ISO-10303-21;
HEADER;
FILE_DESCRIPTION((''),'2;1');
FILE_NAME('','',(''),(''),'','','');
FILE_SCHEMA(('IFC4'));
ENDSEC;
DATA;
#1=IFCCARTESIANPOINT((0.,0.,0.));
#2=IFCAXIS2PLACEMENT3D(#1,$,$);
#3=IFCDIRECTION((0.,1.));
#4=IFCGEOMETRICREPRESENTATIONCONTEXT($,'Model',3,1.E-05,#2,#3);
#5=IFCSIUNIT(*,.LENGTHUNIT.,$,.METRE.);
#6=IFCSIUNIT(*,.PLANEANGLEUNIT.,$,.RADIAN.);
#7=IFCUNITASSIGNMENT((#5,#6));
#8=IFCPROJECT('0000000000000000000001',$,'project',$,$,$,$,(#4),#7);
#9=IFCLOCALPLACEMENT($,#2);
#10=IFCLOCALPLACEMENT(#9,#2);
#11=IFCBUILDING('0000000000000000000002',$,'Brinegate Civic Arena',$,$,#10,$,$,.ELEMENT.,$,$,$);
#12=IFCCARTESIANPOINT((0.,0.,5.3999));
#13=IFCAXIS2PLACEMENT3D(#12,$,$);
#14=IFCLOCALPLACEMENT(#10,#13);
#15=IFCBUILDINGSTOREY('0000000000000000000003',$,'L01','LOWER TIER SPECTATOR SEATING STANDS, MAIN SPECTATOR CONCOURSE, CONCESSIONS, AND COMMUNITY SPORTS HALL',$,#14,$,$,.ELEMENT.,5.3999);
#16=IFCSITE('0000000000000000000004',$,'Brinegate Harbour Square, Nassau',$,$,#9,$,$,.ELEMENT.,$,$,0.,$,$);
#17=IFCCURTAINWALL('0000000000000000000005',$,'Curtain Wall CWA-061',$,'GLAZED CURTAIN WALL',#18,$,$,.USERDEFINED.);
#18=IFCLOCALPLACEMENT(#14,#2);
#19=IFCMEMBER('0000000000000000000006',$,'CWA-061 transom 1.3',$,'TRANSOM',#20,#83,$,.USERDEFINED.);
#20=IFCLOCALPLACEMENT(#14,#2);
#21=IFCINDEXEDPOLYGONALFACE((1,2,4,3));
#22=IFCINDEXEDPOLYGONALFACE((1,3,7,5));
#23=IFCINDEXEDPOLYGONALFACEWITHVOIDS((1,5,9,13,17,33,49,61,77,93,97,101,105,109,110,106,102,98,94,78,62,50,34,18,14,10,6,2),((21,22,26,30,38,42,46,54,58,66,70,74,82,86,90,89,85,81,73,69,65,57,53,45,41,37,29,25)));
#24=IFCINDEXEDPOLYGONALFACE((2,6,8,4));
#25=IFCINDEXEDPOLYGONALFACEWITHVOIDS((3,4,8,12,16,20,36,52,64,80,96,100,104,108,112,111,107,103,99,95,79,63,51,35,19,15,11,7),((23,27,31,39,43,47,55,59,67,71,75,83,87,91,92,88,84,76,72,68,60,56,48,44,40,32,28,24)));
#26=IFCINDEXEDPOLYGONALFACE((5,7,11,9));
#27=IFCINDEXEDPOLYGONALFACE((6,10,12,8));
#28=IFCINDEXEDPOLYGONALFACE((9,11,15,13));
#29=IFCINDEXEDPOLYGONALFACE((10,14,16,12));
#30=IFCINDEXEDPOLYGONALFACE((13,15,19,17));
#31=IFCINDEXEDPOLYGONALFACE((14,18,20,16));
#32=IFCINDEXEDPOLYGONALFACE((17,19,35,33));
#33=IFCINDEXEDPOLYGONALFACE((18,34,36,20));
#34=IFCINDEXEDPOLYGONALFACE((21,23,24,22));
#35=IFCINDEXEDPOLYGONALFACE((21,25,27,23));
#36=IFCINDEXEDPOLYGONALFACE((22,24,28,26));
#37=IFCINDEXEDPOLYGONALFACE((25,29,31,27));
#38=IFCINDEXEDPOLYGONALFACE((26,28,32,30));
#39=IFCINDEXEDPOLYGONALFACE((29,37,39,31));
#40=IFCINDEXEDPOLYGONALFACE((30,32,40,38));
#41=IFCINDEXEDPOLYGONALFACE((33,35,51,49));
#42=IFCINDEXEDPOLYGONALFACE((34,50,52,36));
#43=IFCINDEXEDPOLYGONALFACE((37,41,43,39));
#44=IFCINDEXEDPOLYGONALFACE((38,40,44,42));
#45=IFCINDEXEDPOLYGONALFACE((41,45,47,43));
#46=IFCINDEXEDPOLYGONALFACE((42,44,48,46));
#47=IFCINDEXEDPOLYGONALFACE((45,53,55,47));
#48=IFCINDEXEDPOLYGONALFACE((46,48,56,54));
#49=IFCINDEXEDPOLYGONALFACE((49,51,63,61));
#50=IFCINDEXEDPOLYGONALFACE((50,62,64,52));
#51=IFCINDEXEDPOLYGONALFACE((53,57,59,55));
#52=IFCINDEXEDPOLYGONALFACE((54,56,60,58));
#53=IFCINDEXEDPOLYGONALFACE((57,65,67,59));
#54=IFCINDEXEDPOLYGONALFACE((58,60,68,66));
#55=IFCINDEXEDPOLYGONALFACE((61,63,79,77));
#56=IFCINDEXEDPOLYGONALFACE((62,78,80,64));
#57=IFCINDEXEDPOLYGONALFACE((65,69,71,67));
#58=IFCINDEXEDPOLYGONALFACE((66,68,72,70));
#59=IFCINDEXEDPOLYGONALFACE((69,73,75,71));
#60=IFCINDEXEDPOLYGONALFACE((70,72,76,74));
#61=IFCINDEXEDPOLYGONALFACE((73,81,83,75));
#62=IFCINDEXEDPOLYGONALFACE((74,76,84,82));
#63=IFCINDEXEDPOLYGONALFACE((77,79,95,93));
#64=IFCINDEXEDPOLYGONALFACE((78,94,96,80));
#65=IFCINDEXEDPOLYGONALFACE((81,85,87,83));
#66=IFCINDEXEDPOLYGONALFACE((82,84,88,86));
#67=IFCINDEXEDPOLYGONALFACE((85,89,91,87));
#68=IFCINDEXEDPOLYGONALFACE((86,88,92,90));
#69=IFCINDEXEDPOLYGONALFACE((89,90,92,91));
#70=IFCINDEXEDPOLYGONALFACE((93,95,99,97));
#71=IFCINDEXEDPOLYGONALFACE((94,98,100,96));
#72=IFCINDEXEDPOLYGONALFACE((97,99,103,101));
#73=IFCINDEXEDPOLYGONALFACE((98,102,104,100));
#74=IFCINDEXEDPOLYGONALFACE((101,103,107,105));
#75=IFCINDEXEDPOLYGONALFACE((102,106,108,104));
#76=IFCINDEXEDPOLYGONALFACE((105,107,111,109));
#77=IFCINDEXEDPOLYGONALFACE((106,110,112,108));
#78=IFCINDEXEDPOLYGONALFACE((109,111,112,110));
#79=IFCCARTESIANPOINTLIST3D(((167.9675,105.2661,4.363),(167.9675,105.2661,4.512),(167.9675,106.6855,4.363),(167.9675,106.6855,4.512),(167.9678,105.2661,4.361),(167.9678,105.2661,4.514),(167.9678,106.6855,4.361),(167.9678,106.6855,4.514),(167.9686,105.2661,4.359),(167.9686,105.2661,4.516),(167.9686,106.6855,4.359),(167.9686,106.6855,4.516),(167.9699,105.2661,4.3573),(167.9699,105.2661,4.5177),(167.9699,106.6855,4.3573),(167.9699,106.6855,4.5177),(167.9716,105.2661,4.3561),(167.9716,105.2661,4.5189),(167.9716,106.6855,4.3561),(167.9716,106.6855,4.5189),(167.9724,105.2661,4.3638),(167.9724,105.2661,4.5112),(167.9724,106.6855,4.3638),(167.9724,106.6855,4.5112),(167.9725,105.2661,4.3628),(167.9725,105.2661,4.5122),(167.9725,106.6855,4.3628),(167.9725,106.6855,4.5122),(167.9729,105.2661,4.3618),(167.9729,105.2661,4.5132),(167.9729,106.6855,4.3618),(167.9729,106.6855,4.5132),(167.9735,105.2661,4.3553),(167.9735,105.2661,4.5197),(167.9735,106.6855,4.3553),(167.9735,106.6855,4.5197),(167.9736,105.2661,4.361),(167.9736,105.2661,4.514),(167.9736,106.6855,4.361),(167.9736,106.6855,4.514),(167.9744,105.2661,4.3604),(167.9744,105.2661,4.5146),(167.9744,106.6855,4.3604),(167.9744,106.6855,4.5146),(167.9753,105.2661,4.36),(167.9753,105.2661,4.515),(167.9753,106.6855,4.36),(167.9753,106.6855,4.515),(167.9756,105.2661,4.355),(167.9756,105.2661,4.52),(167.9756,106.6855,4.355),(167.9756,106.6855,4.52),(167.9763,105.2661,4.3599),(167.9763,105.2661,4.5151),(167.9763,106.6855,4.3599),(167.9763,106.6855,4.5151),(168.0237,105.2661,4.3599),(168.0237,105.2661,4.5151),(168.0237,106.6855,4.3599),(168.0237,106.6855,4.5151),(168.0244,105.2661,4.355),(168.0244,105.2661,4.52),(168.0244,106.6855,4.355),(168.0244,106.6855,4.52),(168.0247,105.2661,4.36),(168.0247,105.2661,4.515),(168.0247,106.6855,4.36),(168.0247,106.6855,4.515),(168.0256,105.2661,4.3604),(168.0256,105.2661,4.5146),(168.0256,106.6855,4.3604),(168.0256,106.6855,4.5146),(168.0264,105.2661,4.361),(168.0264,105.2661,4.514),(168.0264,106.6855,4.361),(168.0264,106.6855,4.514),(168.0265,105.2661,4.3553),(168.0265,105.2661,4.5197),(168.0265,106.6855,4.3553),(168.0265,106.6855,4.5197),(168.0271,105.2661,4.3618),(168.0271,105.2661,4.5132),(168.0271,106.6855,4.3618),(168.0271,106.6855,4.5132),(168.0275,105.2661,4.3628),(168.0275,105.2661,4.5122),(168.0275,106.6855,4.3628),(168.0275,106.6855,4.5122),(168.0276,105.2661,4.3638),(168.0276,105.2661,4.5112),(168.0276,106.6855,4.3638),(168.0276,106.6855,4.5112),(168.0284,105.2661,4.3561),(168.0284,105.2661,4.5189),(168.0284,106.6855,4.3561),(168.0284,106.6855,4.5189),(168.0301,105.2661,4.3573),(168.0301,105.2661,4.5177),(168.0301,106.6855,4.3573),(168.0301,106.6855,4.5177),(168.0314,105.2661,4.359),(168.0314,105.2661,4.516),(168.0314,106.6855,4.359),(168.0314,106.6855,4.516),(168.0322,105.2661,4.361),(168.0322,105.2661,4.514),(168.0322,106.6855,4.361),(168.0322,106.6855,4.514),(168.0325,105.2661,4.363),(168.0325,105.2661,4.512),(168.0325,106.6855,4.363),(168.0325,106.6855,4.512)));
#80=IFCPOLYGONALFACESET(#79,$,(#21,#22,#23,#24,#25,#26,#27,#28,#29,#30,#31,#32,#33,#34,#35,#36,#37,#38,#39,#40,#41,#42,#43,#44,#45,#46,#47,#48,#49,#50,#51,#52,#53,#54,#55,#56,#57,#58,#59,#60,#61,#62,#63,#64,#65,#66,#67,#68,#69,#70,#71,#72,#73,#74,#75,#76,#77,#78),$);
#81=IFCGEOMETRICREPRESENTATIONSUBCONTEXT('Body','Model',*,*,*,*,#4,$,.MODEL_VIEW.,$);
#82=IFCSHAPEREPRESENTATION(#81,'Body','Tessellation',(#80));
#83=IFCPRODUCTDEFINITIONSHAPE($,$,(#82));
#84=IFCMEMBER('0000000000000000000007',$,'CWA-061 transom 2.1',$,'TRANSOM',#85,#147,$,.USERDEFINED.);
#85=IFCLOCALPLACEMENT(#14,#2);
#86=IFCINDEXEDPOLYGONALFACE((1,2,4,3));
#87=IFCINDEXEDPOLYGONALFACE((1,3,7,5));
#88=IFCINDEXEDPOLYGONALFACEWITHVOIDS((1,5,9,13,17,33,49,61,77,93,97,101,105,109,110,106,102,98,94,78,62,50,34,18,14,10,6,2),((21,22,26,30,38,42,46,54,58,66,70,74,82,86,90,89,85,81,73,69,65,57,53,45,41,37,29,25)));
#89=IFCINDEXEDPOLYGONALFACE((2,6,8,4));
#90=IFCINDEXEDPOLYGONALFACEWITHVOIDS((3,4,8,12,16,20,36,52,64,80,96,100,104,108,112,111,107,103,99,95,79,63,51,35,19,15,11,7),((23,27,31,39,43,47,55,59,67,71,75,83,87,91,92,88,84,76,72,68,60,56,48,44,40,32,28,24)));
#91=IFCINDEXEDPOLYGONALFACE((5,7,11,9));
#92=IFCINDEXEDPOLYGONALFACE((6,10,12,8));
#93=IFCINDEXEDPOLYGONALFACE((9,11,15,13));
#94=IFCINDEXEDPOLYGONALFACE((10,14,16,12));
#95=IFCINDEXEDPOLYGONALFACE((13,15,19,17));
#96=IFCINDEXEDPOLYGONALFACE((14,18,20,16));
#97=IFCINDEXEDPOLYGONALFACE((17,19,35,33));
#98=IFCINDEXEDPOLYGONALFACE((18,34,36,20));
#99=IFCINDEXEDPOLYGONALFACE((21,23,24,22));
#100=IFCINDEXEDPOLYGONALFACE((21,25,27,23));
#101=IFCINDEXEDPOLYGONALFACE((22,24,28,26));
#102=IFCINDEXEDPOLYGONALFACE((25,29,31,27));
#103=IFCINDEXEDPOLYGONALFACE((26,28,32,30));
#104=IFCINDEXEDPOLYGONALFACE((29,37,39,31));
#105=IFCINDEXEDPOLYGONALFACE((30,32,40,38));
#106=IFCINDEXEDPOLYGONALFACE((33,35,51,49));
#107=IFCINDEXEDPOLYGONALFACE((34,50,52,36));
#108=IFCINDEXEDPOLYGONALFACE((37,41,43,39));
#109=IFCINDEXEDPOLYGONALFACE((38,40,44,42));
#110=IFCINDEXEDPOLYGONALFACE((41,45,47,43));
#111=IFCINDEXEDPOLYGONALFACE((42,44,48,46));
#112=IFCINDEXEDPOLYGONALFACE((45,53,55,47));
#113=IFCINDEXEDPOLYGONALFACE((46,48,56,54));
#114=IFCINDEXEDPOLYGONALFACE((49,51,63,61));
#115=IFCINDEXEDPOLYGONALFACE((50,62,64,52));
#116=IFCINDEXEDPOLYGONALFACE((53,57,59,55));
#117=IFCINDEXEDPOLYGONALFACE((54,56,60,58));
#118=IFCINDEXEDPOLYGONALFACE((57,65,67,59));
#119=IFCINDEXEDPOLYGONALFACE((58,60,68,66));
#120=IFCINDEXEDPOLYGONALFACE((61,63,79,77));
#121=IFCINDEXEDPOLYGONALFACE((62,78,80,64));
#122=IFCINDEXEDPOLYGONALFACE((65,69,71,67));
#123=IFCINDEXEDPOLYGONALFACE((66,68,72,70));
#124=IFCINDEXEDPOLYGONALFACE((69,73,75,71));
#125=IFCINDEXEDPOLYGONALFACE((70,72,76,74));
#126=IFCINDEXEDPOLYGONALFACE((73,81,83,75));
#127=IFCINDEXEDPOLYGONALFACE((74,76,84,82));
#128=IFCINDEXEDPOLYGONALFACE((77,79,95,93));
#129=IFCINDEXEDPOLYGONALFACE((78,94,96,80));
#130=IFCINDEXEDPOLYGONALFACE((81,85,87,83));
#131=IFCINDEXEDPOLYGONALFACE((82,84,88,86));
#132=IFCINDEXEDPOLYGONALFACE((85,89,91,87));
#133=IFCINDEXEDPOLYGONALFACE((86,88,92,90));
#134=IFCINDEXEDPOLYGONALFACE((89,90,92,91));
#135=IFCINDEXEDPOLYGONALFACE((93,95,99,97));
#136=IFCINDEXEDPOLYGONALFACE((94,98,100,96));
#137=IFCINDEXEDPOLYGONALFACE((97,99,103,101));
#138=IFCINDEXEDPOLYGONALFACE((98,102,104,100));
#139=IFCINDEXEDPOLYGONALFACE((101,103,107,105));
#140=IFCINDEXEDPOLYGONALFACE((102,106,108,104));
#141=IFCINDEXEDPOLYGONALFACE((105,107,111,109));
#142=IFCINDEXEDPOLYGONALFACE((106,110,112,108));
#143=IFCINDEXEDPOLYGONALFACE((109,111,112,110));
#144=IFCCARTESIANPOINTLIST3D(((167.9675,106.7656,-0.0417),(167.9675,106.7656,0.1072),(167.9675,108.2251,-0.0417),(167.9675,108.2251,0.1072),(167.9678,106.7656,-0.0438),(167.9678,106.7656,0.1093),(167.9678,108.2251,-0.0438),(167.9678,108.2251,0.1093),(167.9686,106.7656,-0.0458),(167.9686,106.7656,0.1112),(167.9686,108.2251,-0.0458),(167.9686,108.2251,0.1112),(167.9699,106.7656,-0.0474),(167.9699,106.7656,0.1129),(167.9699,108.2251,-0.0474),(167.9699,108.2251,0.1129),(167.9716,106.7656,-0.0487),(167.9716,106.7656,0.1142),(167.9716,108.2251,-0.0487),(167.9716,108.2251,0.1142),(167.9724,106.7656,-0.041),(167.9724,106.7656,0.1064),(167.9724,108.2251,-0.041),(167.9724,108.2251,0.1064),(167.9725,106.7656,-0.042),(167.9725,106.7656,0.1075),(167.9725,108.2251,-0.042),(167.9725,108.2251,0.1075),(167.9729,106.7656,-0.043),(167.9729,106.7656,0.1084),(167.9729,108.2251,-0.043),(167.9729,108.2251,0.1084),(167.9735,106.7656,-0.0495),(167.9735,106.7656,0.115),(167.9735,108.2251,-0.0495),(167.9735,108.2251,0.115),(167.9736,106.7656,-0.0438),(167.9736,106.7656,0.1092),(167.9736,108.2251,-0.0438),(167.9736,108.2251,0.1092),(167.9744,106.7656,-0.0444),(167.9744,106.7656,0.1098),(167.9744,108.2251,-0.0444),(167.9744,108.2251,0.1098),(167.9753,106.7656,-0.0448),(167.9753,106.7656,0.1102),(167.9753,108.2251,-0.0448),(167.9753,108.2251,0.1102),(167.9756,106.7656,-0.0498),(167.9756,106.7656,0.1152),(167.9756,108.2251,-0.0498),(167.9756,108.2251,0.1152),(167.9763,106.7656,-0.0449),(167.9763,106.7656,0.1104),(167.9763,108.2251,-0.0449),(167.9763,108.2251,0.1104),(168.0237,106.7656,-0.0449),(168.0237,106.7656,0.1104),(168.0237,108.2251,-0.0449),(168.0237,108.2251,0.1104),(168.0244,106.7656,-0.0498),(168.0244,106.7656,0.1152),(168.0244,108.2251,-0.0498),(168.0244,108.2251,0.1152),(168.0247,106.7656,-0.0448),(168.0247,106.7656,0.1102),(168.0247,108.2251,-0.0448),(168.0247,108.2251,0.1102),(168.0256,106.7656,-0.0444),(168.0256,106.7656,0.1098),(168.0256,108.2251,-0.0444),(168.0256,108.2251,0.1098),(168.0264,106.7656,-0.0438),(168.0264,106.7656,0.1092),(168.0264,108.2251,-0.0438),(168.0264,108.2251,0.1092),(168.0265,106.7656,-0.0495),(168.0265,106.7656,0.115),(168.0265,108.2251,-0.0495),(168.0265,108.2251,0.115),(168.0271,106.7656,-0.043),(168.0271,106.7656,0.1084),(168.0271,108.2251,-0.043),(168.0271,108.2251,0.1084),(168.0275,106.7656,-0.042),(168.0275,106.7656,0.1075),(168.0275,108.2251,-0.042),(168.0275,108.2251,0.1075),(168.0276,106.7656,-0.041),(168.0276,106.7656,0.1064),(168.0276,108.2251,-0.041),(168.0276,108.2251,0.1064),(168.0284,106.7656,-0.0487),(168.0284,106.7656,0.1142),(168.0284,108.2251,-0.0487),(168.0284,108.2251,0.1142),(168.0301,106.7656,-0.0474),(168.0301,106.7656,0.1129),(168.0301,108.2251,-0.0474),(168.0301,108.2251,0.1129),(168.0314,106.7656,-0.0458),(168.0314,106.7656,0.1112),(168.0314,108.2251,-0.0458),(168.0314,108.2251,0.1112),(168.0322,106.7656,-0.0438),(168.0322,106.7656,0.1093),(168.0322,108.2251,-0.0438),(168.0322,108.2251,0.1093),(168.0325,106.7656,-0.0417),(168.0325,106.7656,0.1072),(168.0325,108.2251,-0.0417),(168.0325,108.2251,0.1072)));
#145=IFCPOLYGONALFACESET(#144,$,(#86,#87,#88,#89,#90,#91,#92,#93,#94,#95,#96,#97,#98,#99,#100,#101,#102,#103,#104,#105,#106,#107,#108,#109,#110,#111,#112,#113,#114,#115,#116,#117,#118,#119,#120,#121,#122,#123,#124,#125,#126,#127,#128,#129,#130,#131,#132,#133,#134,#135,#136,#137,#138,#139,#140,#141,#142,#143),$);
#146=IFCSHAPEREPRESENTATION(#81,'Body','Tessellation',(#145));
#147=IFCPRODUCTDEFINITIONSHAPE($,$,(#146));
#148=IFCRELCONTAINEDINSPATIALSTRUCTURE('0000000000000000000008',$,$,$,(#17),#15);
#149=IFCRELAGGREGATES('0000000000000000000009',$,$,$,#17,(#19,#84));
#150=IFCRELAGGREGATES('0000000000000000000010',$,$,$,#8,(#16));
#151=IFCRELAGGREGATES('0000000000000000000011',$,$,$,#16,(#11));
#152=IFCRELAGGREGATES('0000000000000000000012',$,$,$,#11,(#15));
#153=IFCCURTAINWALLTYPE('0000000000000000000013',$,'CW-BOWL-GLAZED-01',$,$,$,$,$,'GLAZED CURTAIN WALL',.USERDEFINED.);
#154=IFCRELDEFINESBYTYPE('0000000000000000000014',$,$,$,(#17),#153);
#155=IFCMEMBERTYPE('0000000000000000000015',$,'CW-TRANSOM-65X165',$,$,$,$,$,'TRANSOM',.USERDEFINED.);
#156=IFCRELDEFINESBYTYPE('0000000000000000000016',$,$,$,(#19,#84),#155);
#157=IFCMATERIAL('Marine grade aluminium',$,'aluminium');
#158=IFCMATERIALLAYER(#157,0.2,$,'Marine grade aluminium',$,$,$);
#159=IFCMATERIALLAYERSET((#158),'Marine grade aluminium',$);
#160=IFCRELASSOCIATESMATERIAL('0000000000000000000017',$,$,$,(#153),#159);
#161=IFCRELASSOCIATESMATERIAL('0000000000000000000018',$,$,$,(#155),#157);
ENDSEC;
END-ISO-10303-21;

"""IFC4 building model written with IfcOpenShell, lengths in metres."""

from ifc_helpers import new_model, si_unit, direction, frame, origin, origin_2d, place, context, subcontext, project, spatial, hollow_rectangle, extrude, material, layer, layer_set, material_profile, profile_set, type_object, element, aggregate, save


model = new_model("IFC4")

# Units and contexts
model_context = context("Model", 3, precision=1e-05, world=origin(), true_north=direction((0.0, 1.0)))
body_context = subcontext(model_context, "Body", "Model", "MODEL_VIEW")
ifc_project = project(units=[si_unit("LENGTHUNIT", "METRE"), si_unit("PLANEANGLEUNIT", "RADIAN")], contexts=[model_context])

# Site, building, storey
site_placement = place(None, origin())
site = spatial("IfcSite", under=ifc_project, at=site_placement, Name="Brinegate Harbour Square, Nassau", CompositionType="ELEMENT", RefElevation=0.0)
building_placement = place(site_placement, origin())
building = spatial("IfcBuilding", under=site, at=building_placement, Name="Brinegate Civic Arena", CompositionType="ELEMENT")
storey_placement = place(building_placement, frame((0.0, 0.0, 5.3999)))
storey = spatial("IfcBuildingStorey", under=building, at=storey_placement, Name="L01", Description="LOWER TIER SPECTATOR SEATING STANDS, MAIN SPECTATOR CONCOURSE, CONCESSIONS, AND COMMUNITY SPORTS HALL", CompositionType="ELEMENT", Elevation=5.3999)

# Shared definitions
ifc_material_1 = material(Name="Marine grade aluminium", Category="aluminium")
ifc_layer_1 = layer(ifc_material_1, 0.2, Name="Marine grade aluminium")
ifc_layer_set_1 = layer_set([ifc_layer_1], Name="Marine grade aluminium")
curtain_wall_type = type_object("IfcCurtainWallType", Name="CW-BOWL-GLAZED-01", ElementType="GLAZED CURTAIN WALL", PredefinedType="USERDEFINED", material=ifc_layer_set_1)

# Curtain wall, members
curtain_wall_1_placement = place(storey_placement, origin())
curtain_wall_1 = element("IfcCurtainWall", 1, at=curtain_wall_1_placement, inside=storey, type_object=curtain_wall_type, Name="Curtain Wall CWA-061", ObjectType="GLAZED CURTAIN WALL", PredefinedType="USERDEFINED")
ifc_material_profile_1 = material_profile(ifc_material_1, hollow_rectangle(XDim=0.0649, YDim=0.165, WallThickness=0.0049, InnerFilletRadius=0.0039, OuterFilletRadius=0.0081, at=origin_2d()), Name="TRN65X165")
ifc_profile_set_1 = profile_set([ifc_material_profile_1], Name="Marine grade aluminium")
member_type_1 = type_object("IfcMemberType", Name="CW-TRANSOM-65X165", ElementType="TRANSOM", PredefinedType="USERDEFINED", material=ifc_profile_set_1)
member_1_placement = place(storey_placement, frame((168.0, 105.2661, 4.4375), z_axis=(0.0, 1.0, 0.0), x_axis=(-1.0, 0.0, 0.0)))
member_1 = element("IfcMember", 2, at=member_1_placement, type_object=member_type_1, Name="CWA-061 transom 1.3", ObjectType="TRANSOM", PredefinedType="USERDEFINED", context=body_context, shape_type="SweptSolid", body=[
    extrude(hollow_rectangle(XDim=0.0649, YDim=0.165, WallThickness=0.0049, InnerFilletRadius=0.0039, OuterFilletRadius=0.0081, at=origin_2d()), origin(), (0.0, 0.0, 1.0), 1.4194),
])
member_2_placement = place(storey_placement, frame((168.0, 106.7656, 0.0327), z_axis=(0.0, 1.0, 0.0), x_axis=(-1.0, 0.0, 0.0)))
member_2 = element("IfcMember", 3, at=member_2_placement, type_object=member_type_1, Name="CWA-061 transom 2.1", ObjectType="TRANSOM", PredefinedType="USERDEFINED", context=body_context, shape_type="SweptSolid", body=[
    extrude(hollow_rectangle(XDim=0.0649, YDim=0.165, WallThickness=0.0049, InnerFilletRadius=0.0039, OuterFilletRadius=0.0081, at=origin_2d()), origin(), (0.0, 0.0, 1.0), 1.4595),
])

aggregate(curtain_wall_1, [member_1, member_2])

save(model, "model.ifc")
